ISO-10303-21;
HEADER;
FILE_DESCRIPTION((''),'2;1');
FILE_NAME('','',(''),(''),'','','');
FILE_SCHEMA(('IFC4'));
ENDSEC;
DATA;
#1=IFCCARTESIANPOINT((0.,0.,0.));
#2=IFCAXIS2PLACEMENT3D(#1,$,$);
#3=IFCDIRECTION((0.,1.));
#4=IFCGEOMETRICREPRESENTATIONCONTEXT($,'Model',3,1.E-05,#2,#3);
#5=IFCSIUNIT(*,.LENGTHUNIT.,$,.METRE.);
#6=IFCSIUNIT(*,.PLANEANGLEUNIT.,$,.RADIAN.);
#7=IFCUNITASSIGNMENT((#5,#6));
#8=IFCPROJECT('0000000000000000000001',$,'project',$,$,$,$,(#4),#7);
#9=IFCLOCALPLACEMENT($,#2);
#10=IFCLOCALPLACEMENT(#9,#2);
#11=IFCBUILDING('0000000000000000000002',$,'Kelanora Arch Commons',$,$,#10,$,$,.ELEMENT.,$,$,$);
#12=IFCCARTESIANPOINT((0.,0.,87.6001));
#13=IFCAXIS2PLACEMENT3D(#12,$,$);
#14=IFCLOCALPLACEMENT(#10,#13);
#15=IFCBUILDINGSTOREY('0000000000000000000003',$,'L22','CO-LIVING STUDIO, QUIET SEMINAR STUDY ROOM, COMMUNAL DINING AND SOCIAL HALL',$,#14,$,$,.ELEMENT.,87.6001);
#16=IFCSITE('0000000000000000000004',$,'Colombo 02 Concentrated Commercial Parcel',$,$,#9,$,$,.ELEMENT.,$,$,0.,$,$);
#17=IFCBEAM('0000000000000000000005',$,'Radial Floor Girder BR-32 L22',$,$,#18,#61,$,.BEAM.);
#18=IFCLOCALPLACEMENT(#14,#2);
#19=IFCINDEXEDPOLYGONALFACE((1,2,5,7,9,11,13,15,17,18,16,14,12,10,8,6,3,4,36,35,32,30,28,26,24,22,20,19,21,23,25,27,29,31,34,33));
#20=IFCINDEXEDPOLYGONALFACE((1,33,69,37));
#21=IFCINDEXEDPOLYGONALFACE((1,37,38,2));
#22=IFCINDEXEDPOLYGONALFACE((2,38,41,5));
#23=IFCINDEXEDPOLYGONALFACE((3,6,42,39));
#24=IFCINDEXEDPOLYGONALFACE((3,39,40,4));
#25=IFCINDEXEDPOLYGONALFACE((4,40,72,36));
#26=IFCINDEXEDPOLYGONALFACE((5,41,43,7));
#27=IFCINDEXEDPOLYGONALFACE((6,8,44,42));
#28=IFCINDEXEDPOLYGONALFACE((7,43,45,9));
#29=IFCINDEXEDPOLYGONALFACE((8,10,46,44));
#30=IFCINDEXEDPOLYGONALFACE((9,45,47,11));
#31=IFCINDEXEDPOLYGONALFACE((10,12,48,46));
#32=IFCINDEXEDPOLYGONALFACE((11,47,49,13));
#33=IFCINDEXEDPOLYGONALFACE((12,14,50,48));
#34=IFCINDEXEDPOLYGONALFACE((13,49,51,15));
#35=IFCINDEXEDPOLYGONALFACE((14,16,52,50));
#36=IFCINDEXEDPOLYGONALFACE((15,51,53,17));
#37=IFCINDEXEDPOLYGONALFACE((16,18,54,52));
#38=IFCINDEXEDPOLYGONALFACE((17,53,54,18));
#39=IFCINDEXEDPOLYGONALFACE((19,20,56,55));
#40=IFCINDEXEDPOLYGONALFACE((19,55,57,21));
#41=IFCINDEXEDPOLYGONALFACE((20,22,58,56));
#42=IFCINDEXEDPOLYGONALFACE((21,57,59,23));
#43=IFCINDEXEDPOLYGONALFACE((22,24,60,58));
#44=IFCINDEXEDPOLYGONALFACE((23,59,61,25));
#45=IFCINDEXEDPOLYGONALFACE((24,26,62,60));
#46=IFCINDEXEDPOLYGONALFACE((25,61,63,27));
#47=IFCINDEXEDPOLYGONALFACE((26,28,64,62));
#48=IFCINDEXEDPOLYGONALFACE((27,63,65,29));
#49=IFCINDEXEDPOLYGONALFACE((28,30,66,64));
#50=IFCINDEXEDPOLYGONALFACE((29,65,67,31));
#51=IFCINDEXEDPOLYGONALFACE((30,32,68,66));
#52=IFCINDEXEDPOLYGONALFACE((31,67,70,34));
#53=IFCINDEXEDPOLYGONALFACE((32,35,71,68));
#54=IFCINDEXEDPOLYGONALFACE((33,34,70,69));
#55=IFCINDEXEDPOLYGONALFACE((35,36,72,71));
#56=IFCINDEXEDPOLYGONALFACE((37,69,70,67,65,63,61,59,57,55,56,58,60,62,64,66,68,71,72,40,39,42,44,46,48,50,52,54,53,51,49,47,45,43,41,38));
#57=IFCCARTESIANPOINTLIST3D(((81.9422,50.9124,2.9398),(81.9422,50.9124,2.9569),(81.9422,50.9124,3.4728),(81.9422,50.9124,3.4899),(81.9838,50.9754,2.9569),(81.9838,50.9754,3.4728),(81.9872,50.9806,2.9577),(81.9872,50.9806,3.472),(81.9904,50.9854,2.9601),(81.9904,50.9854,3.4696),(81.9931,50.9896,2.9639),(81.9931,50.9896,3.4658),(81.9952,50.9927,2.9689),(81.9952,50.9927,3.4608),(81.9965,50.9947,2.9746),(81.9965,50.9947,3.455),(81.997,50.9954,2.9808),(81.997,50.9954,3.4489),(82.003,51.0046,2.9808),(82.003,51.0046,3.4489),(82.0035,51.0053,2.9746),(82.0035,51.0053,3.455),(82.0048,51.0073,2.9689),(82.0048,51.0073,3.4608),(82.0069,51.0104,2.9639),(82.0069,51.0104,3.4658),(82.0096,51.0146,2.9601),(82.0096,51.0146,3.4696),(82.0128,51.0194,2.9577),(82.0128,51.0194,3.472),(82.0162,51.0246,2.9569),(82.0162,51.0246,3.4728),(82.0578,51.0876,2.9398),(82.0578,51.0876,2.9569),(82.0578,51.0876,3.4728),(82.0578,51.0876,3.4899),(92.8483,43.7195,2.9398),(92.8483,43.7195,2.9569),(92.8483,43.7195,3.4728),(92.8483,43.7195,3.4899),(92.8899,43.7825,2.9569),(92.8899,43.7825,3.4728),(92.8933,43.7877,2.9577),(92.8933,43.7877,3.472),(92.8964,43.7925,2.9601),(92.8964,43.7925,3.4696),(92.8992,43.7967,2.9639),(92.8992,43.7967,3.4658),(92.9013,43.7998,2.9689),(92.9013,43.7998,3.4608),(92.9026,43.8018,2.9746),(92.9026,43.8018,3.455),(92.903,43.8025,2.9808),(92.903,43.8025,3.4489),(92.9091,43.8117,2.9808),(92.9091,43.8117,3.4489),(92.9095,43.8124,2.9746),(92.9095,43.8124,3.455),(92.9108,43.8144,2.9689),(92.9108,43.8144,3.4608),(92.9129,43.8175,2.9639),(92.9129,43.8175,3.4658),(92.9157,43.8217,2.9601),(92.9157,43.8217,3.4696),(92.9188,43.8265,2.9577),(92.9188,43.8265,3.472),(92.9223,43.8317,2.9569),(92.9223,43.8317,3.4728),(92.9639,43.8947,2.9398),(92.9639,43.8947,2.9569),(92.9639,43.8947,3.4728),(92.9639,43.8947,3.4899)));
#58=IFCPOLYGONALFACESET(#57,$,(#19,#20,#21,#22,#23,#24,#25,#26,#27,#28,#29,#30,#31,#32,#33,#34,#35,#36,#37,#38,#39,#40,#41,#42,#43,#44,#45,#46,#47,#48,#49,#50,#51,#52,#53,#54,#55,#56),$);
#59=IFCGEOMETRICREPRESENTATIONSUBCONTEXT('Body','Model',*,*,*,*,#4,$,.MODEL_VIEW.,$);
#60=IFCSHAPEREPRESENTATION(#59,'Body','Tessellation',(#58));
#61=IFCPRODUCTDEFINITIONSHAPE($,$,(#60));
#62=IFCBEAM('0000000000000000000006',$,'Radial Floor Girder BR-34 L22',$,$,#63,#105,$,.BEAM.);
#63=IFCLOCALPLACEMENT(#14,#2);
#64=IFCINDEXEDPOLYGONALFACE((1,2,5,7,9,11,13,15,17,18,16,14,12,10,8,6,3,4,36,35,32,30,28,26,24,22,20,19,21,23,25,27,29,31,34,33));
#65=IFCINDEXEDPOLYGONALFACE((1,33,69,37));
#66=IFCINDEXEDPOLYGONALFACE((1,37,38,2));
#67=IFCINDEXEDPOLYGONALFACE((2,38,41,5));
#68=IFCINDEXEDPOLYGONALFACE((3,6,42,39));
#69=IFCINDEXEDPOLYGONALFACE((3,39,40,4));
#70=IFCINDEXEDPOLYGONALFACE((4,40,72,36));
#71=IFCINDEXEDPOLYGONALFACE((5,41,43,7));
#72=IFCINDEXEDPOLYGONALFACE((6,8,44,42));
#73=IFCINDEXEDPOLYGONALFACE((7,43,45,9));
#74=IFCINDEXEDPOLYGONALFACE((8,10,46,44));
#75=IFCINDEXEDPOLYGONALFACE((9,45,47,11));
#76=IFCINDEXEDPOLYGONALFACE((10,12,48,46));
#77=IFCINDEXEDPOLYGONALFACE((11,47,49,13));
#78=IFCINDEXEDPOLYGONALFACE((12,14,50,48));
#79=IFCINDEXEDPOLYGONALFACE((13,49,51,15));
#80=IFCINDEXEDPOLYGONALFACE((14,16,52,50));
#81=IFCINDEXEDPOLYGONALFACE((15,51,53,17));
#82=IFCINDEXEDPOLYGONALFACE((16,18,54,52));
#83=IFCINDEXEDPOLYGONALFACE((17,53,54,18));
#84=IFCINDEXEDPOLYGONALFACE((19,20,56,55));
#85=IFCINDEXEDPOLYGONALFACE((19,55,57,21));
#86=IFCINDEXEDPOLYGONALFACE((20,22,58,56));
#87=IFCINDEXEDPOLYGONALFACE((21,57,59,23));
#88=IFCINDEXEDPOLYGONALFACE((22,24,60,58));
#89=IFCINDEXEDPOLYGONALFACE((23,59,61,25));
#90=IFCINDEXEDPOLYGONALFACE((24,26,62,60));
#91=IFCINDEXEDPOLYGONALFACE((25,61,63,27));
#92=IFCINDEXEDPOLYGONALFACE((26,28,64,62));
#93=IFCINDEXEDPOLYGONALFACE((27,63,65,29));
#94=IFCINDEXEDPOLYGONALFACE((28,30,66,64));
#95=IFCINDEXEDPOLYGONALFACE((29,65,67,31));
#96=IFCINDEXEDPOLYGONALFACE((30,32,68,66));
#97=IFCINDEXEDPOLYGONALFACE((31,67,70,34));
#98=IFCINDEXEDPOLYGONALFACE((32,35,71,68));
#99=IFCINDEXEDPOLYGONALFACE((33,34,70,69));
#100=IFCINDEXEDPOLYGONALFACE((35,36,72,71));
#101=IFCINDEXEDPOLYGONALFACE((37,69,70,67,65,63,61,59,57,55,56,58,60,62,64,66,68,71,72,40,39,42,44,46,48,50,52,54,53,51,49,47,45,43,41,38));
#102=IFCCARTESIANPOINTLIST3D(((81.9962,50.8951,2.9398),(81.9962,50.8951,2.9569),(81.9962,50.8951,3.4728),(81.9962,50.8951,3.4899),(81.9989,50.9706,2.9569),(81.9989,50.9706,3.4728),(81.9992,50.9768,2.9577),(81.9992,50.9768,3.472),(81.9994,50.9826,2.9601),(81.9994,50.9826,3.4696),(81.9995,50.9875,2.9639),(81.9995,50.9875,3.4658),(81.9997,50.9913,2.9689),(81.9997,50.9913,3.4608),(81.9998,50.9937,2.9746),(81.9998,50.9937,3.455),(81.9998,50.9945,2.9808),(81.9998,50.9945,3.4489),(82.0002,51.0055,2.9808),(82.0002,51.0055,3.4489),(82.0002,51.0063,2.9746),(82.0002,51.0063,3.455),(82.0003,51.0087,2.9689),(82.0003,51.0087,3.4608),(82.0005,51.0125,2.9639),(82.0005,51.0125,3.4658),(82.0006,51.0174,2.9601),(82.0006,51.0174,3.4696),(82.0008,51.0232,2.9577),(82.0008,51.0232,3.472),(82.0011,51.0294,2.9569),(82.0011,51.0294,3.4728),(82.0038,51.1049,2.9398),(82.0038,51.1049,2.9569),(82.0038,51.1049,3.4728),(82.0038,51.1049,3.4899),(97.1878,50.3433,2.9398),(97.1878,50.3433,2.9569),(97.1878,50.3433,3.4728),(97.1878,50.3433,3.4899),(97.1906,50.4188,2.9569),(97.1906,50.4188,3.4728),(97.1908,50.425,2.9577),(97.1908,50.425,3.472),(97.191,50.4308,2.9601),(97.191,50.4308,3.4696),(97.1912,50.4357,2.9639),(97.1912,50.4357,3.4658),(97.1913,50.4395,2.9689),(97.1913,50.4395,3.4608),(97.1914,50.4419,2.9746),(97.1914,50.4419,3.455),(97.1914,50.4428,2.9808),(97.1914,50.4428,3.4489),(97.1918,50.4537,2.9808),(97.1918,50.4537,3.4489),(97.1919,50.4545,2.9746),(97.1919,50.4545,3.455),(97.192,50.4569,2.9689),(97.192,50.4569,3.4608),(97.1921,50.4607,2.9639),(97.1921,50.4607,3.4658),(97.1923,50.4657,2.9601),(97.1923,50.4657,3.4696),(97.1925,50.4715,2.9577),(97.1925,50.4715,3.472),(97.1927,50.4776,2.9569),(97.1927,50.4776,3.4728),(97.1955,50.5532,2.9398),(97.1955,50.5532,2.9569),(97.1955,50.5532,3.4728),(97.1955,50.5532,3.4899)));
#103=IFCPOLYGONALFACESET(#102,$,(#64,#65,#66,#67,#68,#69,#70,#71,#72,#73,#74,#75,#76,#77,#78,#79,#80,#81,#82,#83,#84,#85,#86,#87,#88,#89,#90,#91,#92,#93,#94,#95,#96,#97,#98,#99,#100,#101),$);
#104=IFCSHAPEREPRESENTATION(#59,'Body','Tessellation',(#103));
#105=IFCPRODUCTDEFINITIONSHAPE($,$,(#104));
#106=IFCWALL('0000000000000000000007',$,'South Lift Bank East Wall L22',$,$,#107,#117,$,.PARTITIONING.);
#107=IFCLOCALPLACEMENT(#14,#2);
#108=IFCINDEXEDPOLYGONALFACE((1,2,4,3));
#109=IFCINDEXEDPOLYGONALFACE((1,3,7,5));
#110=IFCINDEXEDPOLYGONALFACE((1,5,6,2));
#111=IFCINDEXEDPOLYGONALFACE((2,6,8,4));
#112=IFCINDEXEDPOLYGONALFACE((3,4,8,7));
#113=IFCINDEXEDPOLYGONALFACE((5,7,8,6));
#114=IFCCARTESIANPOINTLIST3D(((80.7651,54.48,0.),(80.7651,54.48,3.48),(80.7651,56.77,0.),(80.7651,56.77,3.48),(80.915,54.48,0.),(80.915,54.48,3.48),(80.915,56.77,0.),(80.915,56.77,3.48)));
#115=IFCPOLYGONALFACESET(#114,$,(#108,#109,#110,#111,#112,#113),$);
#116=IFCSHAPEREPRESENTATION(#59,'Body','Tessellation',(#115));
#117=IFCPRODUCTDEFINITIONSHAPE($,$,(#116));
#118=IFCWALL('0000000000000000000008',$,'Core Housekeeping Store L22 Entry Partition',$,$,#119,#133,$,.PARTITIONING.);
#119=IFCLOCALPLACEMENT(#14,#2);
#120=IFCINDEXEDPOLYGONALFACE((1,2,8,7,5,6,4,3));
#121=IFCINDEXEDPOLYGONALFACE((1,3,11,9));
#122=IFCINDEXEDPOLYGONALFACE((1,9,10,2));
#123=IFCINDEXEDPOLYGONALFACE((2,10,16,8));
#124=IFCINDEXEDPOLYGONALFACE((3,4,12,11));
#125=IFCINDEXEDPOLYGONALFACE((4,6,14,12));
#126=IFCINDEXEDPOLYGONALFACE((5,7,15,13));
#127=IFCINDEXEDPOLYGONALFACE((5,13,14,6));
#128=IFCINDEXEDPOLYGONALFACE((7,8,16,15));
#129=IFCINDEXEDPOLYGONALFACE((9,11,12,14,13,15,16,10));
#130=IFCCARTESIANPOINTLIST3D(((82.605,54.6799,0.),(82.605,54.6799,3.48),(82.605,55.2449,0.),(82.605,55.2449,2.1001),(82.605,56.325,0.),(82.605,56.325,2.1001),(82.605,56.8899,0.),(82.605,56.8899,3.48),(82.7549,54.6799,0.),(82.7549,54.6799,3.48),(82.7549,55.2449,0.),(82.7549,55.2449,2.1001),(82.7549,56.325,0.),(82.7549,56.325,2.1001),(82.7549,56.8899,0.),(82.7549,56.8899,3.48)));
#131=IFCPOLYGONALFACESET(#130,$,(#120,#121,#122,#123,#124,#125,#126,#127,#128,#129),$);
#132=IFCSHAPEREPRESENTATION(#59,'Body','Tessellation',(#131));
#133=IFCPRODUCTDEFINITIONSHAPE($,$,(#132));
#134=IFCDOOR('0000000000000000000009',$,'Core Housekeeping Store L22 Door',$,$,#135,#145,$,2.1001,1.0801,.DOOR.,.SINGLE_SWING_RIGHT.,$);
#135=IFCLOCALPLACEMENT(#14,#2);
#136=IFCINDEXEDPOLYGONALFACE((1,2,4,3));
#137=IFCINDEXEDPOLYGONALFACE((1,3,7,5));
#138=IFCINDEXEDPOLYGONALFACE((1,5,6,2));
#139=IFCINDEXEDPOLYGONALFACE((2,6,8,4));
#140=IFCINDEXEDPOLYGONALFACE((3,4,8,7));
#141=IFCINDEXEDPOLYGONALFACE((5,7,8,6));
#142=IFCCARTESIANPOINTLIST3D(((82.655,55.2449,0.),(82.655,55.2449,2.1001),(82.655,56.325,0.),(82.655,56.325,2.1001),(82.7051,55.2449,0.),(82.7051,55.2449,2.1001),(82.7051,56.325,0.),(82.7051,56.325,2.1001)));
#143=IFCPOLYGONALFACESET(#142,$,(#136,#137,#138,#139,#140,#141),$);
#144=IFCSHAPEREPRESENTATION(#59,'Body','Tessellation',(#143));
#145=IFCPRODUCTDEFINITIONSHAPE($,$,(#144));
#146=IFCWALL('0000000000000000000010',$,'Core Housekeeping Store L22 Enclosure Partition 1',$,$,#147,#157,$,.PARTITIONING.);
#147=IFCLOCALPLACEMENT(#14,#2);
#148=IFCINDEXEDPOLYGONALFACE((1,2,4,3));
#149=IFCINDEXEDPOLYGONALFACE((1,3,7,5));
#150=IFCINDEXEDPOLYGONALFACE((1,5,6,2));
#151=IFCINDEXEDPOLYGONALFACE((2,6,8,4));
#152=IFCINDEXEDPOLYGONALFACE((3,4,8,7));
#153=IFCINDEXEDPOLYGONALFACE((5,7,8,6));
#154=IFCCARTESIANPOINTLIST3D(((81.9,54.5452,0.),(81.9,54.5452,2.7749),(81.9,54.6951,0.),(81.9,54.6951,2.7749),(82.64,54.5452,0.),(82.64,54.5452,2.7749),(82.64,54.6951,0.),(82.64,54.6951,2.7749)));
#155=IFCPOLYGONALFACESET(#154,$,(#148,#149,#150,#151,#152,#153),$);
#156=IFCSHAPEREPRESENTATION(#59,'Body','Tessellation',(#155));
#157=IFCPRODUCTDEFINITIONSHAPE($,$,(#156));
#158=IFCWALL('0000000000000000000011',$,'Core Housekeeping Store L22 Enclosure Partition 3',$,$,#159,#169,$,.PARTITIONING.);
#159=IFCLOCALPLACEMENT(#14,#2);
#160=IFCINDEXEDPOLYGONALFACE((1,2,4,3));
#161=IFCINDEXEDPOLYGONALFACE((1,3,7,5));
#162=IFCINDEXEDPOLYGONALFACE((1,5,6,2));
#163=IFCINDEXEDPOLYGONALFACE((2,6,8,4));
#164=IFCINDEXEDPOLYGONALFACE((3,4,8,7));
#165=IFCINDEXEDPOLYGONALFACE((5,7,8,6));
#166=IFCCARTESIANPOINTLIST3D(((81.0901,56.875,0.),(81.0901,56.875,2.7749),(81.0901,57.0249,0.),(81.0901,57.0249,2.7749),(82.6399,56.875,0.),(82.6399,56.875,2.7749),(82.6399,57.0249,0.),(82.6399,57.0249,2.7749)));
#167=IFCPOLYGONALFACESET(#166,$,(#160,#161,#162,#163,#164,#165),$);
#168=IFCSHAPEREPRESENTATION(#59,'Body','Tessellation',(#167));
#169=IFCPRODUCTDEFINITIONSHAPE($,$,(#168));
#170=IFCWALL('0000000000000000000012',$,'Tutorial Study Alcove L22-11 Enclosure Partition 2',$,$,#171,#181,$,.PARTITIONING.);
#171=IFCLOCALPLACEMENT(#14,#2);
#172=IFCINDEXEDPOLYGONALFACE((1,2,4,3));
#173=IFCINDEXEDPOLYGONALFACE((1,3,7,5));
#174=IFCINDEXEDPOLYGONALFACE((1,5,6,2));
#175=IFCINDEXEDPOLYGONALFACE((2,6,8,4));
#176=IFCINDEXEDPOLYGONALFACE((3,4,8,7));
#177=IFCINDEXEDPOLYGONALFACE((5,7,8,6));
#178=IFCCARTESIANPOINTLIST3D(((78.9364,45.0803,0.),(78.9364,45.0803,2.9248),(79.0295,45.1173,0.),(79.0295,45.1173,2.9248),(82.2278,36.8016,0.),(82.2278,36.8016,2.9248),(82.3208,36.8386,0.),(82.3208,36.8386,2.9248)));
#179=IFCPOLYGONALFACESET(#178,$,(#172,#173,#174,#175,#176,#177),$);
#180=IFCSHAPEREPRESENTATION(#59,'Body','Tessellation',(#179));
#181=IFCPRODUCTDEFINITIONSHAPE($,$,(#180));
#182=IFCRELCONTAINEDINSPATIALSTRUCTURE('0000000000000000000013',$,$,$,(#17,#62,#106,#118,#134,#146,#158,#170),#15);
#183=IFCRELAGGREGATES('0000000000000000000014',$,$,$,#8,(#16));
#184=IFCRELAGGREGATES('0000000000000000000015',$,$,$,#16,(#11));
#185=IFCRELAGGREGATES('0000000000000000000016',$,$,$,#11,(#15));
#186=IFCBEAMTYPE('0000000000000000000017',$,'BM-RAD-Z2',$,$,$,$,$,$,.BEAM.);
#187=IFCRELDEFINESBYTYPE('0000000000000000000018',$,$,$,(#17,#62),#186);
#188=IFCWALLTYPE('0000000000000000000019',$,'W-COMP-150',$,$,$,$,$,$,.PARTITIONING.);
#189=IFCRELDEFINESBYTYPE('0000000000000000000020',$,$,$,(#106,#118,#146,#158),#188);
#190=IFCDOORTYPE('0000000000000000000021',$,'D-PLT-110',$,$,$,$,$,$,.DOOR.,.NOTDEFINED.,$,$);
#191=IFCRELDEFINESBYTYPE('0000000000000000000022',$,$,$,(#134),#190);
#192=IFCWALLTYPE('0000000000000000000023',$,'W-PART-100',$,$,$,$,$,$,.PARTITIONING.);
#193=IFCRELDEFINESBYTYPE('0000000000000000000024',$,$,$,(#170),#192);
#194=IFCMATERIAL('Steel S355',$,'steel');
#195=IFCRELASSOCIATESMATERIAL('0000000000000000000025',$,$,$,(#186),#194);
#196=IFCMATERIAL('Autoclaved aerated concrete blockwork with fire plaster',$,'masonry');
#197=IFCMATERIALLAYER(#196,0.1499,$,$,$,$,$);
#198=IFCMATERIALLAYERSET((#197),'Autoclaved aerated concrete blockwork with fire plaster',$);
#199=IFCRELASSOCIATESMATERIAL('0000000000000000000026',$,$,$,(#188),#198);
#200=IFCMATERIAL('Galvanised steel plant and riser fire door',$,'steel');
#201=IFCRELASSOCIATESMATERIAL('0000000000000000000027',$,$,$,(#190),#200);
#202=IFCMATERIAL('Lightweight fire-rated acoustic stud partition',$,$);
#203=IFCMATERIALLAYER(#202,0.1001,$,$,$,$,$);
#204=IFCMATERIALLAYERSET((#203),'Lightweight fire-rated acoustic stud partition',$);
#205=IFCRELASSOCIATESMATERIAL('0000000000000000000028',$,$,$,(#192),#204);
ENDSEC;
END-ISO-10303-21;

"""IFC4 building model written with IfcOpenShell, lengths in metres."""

from ifc_helpers import new_model, si_unit, direction, frame, frame_2d, origin, origin_2d, place, context, subcontext, project, spatial, rectangle, i_section, extrude, material, layer, layer_set, material_profile, profile_set, type_object, element, fill, save


model = new_model("IFC4")

# Units and contexts
model_context = context("Model", 3, precision=1e-05, world=origin(), true_north=direction((0.0, 1.0)))
body_context = subcontext(model_context, "Body", "Model", "MODEL_VIEW")
ifc_project = project(units=[si_unit("LENGTHUNIT", "METRE"), si_unit("PLANEANGLEUNIT", "RADIAN")], contexts=[model_context])

# Site, building, storey
site_placement = place(None, origin())
site = spatial("IfcSite", under=ifc_project, at=site_placement, Name="Colombo 02 Concentrated Commercial Parcel", CompositionType="ELEMENT", RefElevation=0.0)
building_placement = place(site_placement, origin())
building = spatial("IfcBuilding", under=site, at=building_placement, Name="Kelanora Arch Commons", CompositionType="ELEMENT")
storey_placement = place(building_placement, frame((0.0, 0.0, 87.6001)))
storey = spatial("IfcBuildingStorey", under=building, at=storey_placement, Name="L22", Description="CO-LIVING STUDIO, QUIET SEMINAR STUDY ROOM, COMMUNAL DINING AND SOCIAL HALL", CompositionType="ELEMENT", Elevation=87.6001)

# Beams
ifc_material_1 = material(Name="Steel S355", Category="steel")
ifc_material_profile_1 = material_profile(ifc_material_1, i_section(OverallWidth=0.21, OverallDepth=0.55, WebThickness=0.011, FlangeThickness=0.0171, FilletRadius=0.0239, at=origin_2d()), Name="IPE550")
ifc_profile_set_1 = profile_set([ifc_material_profile_1], Name="Steel S355")
beam_type_1 = type_object("IfcBeamType", Name="BM-RAD-Z2", PredefinedType="BEAM", material=ifc_profile_set_1)
beam_1_placement = place(storey_placement, frame((82.0, 51.0, 3.2148), z_axis=(0.834789, -0.550571, 0.0), x_axis=(0.550571, 0.834789, 0.0)))
element("IfcBeam", 1, at=beam_1_placement, inside=storey, type_object=beam_type_1, Name="Radial Floor Girder BR-32 L22", PredefinedType="BEAM", context=body_context, shape_type="SweptSolid", body=[
    extrude(i_section(OverallWidth=0.21, OverallDepth=0.55, WebThickness=0.011, FlangeThickness=0.0171, FilletRadius=0.0239, at=origin_2d()), origin(), (0.0, 0.0, 1.0), 13.0645),
])
beam_2_placement = place(storey_placement, frame((82.0, 51.0, 3.2148), z_axis=(0.999341, -0.036296, 0.0), x_axis=(0.036296, 0.999341, 0.0)))
element("IfcBeam", 2, at=beam_2_placement, inside=storey, type_object=beam_type_1, Name="Radial Floor Girder BR-34 L22", PredefinedType="BEAM", context=body_context, shape_type="SweptSolid", body=[
    extrude(i_section(OverallWidth=0.21, OverallDepth=0.55, WebThickness=0.011, FlangeThickness=0.0171, FilletRadius=0.0239, at=origin_2d()), origin(), (0.0, 0.0, 1.0), 15.2017),
])

# Wall
ifc_material_2 = material(Name="Autoclaved aerated concrete blockwork with fire plaster", Category="masonry")
ifc_layer_1 = layer(ifc_material_2, 0.1499)
ifc_layer_set_1 = layer_set([ifc_layer_1], Name="Autoclaved aerated concrete blockwork with fire plaster")
wall_type_1 = type_object("IfcWallType", Name="W-COMP-150", PredefinedType="PARTITIONING", material=ifc_layer_set_1)
wall_1_placement = place(storey_placement, frame((80.8401, 54.48, 0.0), z_axis=(0.0, 0.0, 1.0), x_axis=(0.0, 1.0, 0.0)))
element("IfcWall", 3, at=wall_1_placement, inside=storey, type_object=wall_type_1, Name="South Lift Bank East Wall L22", PredefinedType="PARTITIONING", context=body_context, shape_type="SweptSolid", body=[
    extrude(rectangle(XDim=2.29, YDim=0.1499, at=frame_2d((1.145, 0.0))), origin(), (0.0, 0.0, 1.0), 3.48),
])

# Wall, opening, door
wall_2_placement = place(storey_placement, frame((82.6799, 54.6799, 0.0), z_axis=(0.0, 0.0, 1.0), x_axis=(0.0, 1.0, 0.0)))
wall_2 = element("IfcWall", 4, at=wall_2_placement, inside=storey, type_object=wall_type_1, Name="Core Housekeeping Store L22 Entry Partition", PredefinedType="PARTITIONING", context=body_context, shape_type="SweptSolid", body=[
    extrude(rectangle(XDim=2.21, YDim=0.1499, at=frame_2d((1.105, 0.0))), origin(), (0.0, 0.0, 1.0), 3.48),
])
opening_1_placement = place(wall_2_placement, frame((0.5649, 0.0, 0.0)))
opening_1 = element("IfcOpeningElement", 5, at=opening_1_placement, cuts=wall_2, PredefinedType="OPENING", context=body_context, shape_type="SweptSolid", body=[
    extrude(rectangle(XDim=1.0801, YDim=2.1001, at=frame_2d((0.54, 1.05))), frame((0.0, 0.085, 0.0), z_axis=(0.0, -1.0, 0.0), x_axis=(1.0, 0.0, 0.0)), (0.0, 0.0, 1.0), 0.1699),
])
ifc_material_3 = material(Name="Galvanised steel plant and riser fire door", Category="steel")
door_type_1 = type_object("IfcDoorType", Name="D-PLT-110", OperationType="NOTDEFINED", PredefinedType="DOOR", material=ifc_material_3)
door_1_placement = place(opening_1_placement, origin())
door_1 = element("IfcDoor", 6, at=door_1_placement, inside=storey, type_object=door_type_1, Name="Core Housekeeping Store L22 Door", OperationType="SINGLE_SWING_RIGHT", OverallHeight=2.1001, OverallWidth=1.0801, PredefinedType="DOOR", context=body_context, shape_type="SweptSolid", body=[
    extrude(rectangle(XDim=1.0801, YDim=2.1001, at=frame_2d((0.54, 1.05))), frame((0.0, 0.0249, 0.0), z_axis=(0.0, -1.0, 0.0), x_axis=(1.0, 0.0, 0.0)), (0.0, 0.0, 1.0), 0.05),
])
fill(opening_1, door_1)

# Walls
wall_3_placement = place(storey_placement, frame((81.8999, 54.6201, 0.0), z_axis=(0.0, 0.0, 1.0), x_axis=(1.0, 0.0, 0.0)))
element("IfcWall", 7, at=wall_3_placement, inside=storey, type_object=wall_type_1, Name="Core Housekeeping Store L22 Enclosure Partition 1", PredefinedType="PARTITIONING", context=body_context, shape_type="SweptSolid", body=[
    extrude(rectangle(XDim=0.74, YDim=0.1499, at=frame_2d((0.3701, 0.0))), origin(), (0.0, 0.0, 1.0), 2.7749),
])
wall_4_placement = place(storey_placement, frame((82.6399, 56.95, 0.0), z_axis=(0.0, 0.0, 1.0), x_axis=(-1.0, 0.0, 0.0)))
element("IfcWall", 8, at=wall_4_placement, inside=storey, type_object=wall_type_1, Name="Core Housekeeping Store L22 Enclosure Partition 3", PredefinedType="PARTITIONING", context=body_context, shape_type="SweptSolid", body=[
    extrude(rectangle(XDim=1.5498, YDim=0.1499, at=frame_2d((0.7749, 0.0))), origin(), (0.0, 0.0, 1.0), 2.7749),
])
ifc_material_4 = material(Name="Lightweight fire-rated acoustic stud partition")
ifc_layer_2 = layer(ifc_material_4, 0.1001)
ifc_layer_set_2 = layer_set([ifc_layer_2], Name="Lightweight fire-rated acoustic stud partition")
wall_type_2 = type_object("IfcWallType", Name="W-PART-100", PredefinedType="PARTITIONING", material=ifc_layer_set_2)
wall_5_placement = place(storey_placement, frame((78.9829, 45.0989, 0.0), z_axis=(0.0, 0.0, 1.0), x_axis=(0.369438, -0.929255, 0.0)))
element("IfcWall", 9, at=wall_5_placement, inside=storey, type_object=wall_type_2, Name="Tutorial Study Alcove L22-11 Enclosure Partition 2", PredefinedType="PARTITIONING", context=body_context, shape_type="SweptSolid", body=[
    extrude(rectangle(XDim=8.9089, YDim=0.1001, at=frame_2d((4.4546, 0.0))), origin(), (0.0, 0.0, 1.0), 2.9248),
])

save(model, "model.ifc")
